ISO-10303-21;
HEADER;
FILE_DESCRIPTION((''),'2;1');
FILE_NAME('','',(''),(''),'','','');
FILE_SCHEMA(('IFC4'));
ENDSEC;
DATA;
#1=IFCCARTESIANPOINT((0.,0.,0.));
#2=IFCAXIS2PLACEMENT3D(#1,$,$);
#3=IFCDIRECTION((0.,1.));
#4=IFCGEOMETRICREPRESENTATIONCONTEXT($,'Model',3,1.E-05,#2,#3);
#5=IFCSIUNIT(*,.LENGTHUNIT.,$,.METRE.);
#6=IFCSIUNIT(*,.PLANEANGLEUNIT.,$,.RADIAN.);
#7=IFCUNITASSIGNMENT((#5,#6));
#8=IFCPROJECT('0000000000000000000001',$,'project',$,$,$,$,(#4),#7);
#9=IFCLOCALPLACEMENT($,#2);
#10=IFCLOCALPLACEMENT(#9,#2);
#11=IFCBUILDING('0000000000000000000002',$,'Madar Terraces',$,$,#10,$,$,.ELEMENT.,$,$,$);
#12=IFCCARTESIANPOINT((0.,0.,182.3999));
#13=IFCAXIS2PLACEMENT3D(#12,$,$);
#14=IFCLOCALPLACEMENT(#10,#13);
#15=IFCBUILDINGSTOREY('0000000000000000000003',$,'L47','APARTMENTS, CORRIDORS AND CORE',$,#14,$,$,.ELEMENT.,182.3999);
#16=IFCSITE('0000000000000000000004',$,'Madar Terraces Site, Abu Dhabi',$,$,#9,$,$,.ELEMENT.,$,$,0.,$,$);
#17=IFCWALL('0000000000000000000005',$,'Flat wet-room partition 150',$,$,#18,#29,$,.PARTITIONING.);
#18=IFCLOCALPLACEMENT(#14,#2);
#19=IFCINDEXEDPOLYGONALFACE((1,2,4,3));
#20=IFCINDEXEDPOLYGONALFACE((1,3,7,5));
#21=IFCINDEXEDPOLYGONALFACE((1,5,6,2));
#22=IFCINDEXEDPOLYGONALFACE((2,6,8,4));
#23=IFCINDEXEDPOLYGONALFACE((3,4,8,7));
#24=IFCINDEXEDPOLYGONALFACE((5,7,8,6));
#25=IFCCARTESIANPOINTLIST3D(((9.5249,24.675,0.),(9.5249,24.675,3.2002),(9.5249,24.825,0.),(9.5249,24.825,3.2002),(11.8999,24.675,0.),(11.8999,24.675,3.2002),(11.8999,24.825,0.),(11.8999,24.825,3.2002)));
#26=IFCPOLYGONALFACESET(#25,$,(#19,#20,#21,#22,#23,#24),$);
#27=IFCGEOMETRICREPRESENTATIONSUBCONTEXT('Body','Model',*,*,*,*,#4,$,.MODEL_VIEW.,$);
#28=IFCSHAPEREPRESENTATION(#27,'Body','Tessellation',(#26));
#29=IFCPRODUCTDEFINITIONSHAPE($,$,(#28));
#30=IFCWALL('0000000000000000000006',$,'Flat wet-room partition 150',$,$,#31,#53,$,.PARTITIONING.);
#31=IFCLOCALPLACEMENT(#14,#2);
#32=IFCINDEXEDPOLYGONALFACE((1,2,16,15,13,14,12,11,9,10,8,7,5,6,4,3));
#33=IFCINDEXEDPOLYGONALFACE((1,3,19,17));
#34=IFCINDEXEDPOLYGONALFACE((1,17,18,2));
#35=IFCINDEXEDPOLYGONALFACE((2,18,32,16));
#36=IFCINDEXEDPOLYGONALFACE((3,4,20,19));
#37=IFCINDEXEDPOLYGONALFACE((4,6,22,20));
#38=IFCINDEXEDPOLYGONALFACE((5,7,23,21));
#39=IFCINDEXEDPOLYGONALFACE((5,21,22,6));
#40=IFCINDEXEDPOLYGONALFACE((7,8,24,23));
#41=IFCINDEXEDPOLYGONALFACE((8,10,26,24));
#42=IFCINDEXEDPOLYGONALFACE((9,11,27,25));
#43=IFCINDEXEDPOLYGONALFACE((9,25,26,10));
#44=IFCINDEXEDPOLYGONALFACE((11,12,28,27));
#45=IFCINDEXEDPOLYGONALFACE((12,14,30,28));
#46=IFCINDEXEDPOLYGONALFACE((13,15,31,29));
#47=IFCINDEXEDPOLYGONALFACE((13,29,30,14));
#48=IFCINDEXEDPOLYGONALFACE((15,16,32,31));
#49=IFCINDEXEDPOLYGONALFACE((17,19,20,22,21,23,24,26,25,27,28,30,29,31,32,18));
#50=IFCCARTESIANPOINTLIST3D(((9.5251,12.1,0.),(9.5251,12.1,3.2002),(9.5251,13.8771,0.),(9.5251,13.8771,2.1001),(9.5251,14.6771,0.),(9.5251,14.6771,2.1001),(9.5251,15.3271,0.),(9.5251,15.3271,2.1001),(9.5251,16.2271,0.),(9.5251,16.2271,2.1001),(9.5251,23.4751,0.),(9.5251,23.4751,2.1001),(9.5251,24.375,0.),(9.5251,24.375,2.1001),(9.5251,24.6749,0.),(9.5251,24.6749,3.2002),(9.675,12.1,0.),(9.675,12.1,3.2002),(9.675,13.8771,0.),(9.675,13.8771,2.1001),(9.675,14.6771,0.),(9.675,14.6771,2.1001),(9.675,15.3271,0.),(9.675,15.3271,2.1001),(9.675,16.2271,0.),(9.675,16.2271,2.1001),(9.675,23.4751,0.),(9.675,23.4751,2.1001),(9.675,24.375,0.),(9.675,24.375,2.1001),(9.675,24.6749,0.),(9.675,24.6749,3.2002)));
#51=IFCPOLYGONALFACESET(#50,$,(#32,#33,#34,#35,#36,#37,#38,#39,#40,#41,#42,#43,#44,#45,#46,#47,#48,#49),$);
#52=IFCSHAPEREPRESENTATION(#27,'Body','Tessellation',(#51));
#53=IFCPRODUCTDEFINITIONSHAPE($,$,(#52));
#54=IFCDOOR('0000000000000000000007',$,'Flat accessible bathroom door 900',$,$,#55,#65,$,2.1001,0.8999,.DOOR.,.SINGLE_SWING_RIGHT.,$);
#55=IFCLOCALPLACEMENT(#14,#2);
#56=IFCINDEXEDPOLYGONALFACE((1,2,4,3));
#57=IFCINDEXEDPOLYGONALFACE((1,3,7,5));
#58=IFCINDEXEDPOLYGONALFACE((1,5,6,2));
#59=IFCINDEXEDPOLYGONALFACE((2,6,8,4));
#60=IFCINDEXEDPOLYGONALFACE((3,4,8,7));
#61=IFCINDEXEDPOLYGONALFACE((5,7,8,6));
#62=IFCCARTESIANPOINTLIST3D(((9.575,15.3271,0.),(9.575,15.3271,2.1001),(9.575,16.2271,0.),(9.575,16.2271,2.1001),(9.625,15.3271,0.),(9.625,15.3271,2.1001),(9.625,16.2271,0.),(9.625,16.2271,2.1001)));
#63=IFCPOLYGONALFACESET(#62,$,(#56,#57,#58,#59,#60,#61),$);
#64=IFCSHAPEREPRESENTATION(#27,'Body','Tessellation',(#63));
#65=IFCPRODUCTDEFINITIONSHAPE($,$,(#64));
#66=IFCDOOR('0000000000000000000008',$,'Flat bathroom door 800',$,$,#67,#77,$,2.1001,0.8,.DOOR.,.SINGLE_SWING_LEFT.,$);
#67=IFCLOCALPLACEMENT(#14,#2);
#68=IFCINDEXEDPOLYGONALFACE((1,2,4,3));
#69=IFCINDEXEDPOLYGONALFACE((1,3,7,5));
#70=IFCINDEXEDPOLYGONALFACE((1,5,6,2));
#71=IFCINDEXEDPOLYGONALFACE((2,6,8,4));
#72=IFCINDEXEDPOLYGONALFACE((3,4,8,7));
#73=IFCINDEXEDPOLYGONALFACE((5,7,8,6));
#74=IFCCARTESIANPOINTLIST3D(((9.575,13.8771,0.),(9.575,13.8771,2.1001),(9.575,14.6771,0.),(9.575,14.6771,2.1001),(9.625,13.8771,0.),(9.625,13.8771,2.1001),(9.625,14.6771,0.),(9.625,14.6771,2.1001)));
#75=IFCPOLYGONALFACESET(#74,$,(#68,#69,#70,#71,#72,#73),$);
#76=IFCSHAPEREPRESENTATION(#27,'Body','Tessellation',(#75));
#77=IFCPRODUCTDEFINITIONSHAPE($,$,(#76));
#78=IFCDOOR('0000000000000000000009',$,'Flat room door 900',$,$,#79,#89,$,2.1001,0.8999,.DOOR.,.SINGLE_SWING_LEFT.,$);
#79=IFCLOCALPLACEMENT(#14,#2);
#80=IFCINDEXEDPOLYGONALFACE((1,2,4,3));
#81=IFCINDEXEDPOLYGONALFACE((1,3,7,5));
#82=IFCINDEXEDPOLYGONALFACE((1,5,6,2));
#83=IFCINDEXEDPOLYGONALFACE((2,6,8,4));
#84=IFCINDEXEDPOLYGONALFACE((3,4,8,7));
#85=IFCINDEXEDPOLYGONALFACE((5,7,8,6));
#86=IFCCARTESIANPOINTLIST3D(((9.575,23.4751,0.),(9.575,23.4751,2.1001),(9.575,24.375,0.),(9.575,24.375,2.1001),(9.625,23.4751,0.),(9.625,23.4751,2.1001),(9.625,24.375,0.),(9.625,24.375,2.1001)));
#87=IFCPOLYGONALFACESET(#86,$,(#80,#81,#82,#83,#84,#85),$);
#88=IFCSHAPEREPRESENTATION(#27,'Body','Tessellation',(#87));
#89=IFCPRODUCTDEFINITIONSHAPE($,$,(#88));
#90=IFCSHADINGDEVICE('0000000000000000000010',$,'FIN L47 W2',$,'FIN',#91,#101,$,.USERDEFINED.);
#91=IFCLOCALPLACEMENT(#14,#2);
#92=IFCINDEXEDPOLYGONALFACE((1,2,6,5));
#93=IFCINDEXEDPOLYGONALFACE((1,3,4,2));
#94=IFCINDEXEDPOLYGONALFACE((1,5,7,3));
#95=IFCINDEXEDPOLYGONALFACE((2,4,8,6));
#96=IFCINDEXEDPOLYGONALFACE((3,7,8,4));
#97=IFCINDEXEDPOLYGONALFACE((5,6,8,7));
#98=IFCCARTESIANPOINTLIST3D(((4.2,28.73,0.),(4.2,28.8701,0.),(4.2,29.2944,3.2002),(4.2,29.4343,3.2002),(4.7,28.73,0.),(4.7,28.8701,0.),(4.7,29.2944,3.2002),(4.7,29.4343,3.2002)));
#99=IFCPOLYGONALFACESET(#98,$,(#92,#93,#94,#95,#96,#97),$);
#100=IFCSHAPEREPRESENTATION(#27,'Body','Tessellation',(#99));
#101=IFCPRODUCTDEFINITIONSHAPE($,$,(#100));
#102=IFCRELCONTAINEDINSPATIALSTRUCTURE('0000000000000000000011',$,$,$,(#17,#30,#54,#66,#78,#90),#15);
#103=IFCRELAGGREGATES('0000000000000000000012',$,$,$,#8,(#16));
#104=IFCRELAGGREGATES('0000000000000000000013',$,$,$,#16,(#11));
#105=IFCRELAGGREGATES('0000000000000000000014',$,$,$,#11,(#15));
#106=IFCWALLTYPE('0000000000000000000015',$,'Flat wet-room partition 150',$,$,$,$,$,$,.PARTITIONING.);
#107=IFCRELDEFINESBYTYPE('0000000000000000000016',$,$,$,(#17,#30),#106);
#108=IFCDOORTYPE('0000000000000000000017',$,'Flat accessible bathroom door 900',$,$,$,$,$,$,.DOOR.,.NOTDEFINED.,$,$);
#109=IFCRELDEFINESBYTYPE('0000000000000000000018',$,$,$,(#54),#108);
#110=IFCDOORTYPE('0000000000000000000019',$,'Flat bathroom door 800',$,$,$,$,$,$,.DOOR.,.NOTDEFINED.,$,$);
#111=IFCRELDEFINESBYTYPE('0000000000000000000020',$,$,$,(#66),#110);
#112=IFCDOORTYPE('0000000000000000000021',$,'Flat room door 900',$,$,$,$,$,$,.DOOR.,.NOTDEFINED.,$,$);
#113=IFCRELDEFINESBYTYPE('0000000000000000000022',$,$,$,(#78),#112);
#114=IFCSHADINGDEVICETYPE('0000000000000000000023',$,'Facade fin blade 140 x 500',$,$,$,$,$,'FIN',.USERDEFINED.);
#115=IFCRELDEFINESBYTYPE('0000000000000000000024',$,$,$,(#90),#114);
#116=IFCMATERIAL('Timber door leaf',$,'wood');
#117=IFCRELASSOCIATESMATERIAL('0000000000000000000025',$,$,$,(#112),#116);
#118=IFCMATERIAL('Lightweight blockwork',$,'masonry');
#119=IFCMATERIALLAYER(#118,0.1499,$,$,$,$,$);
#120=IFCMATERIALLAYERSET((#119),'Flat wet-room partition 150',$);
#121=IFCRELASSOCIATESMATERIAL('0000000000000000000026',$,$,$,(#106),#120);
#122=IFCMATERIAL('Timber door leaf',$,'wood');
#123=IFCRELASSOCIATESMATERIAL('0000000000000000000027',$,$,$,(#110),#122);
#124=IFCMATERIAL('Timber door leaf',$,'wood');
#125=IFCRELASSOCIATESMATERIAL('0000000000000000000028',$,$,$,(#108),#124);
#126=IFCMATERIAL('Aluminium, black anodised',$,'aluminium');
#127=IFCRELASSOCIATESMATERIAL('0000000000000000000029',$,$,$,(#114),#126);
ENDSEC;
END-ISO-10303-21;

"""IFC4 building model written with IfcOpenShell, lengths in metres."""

from ifc_helpers import new_model, si_unit, direction, frame, frame_2d, origin, place, context, subcontext, project, spatial, polyline, rectangle, outline, extrude, material, layer, layer_set, type_object, element, fill, save


model = new_model("IFC4")

# Units and contexts
model_context = context("Model", 3, precision=1e-05, world=origin(), true_north=direction((0.0, 1.0)))
body_context = subcontext(model_context, "Body", "Model", "MODEL_VIEW")
ifc_project = project(units=[si_unit("LENGTHUNIT", "METRE"), si_unit("PLANEANGLEUNIT", "RADIAN")], contexts=[model_context])

# Site, building, storey
site_placement = place(None, origin())
site = spatial("IfcSite", under=ifc_project, at=site_placement, Name="Madar Terraces Site, Abu Dhabi", CompositionType="ELEMENT", RefElevation=0.0)
building_placement = place(site_placement, origin())
building = spatial("IfcBuilding", under=site, at=building_placement, Name="Madar Terraces", CompositionType="ELEMENT")
storey_placement = place(building_placement, frame((0.0, 0.0, 182.3999)))
storey = spatial("IfcBuildingStorey", under=building, at=storey_placement, Name="L47", Description="APARTMENTS, CORRIDORS AND CORE", CompositionType="ELEMENT", Elevation=182.3999)

# Shared definitions
ifc_material_1 = material(Name="Timber door leaf", Category="wood")
door_type_1 = type_object("IfcDoorType", Name="Flat room door 900", OperationType="NOTDEFINED", PredefinedType="DOOR", material=ifc_material_1)

# Shared definitions
ifc_material_2 = material(Name="Lightweight blockwork", Category="masonry")
ifc_layer_1 = layer(ifc_material_2, 0.1499)
ifc_layer_set_1 = layer_set([ifc_layer_1], Name="Flat wet-room partition 150")
wall_type_1 = type_object("IfcWallType", Name="Flat wet-room partition 150", PredefinedType="PARTITIONING", material=ifc_layer_set_1)

# Shared definitions
ifc_material_3 = material(Name="Timber door leaf", Category="wood")
door_type_2 = type_object("IfcDoorType", Name="Flat bathroom door 800", OperationType="NOTDEFINED", PredefinedType="DOOR", material=ifc_material_3)

# Wall
wall_1_placement = place(storey_placement, frame((11.8999, 24.75, 0.0), z_axis=(0.0, 0.0, 1.0), x_axis=(-1.0, 0.0, 0.0)))
element("IfcWall", 1, at=wall_1_placement, inside=storey, type_object=wall_type_1, Name="Flat wet-room partition 150", PredefinedType="PARTITIONING", context=body_context, shape_type="SweptSolid", body=[
    extrude(rectangle(XDim=2.375, YDim=0.1499, at=frame_2d((1.1875, 0.0))), origin(), (0.0, 0.0, 1.0), 3.2002),
])

# Wall, openings, doors
wall_2_placement = place(storey_placement, frame((9.6001, 24.675, 0.0), z_axis=(0.0, 0.0, 1.0), x_axis=(0.0, -1.0, 0.0)))
wall_2 = element("IfcWall", 2, at=wall_2_placement, inside=storey, type_object=wall_type_1, Name="Flat wet-room partition 150", PredefinedType="PARTITIONING", context=body_context, shape_type="SweptSolid", body=[
    extrude(rectangle(XDim=12.575, YDim=0.1499, at=frame_2d((6.2876, 0.0))), origin(), (0.0, 0.0, 1.0), 3.2002),
])
opening_1_placement = place(wall_2_placement, frame((0.3, 0.0, 0.0)))
opening_1 = element("IfcOpeningElement", 3, at=opening_1_placement, cuts=wall_2, PredefinedType="OPENING", context=body_context, shape_type="SweptSolid", body=[
    extrude(rectangle(XDim=0.8999, YDim=2.1001, at=frame_2d((0.45, 1.05))), frame((0.0, 0.085, 0.0), z_axis=(0.0, -1.0, 0.0), x_axis=(1.0, 0.0, 0.0)), (0.0, 0.0, 1.0), 0.1699),
])
opening_2_placement = place(wall_2_placement, frame((8.448, 0.0, 0.0)))
opening_2 = element("IfcOpeningElement", 4, at=opening_2_placement, cuts=wall_2, PredefinedType="OPENING", context=body_context, shape_type="SweptSolid", body=[
    extrude(rectangle(XDim=0.8999, YDim=2.1001, at=frame_2d((0.45, 1.05))), frame((0.0, 0.085, 0.0), z_axis=(0.0, -1.0, 0.0), x_axis=(1.0, 0.0, 0.0)), (0.0, 0.0, 1.0), 0.1699),
])
opening_3_placement = place(wall_2_placement, frame((9.998, 0.0, 0.0)))
opening_3 = element("IfcOpeningElement", 5, at=opening_3_placement, cuts=wall_2, PredefinedType="OPENING", context=body_context, shape_type="SweptSolid", body=[
    extrude(rectangle(XDim=0.8, YDim=2.1001, at=frame_2d((0.3999, 1.05))), frame((0.0, 0.085, 0.0), z_axis=(0.0, -1.0, 0.0), x_axis=(1.0, 0.0, 0.0)), (0.0, 0.0, 1.0), 0.1699),
])
ifc_material_4 = material(Name="Timber door leaf", Category="wood")
door_type_3 = type_object("IfcDoorType", Name="Flat accessible bathroom door 900", OperationType="NOTDEFINED", PredefinedType="DOOR", material=ifc_material_4)
door_1_placement = place(opening_2_placement, origin())
door_1 = element("IfcDoor", 6, at=door_1_placement, inside=storey, type_object=door_type_3, Name="Flat accessible bathroom door 900", OperationType="SINGLE_SWING_RIGHT", OverallHeight=2.1001, OverallWidth=0.8999, PredefinedType="DOOR", context=body_context, shape_type="SweptSolid", body=[
    extrude(rectangle(XDim=0.8999, YDim=2.1001, at=frame_2d((0.45, 1.05))), frame((0.0, 0.0249, 0.0), z_axis=(0.0, -1.0, 0.0), x_axis=(1.0, 0.0, 0.0)), (0.0, 0.0, 1.0), 0.05),
])
fill(opening_2, door_1)
door_2_placement = place(opening_3_placement, origin())
door_2 = element("IfcDoor", 7, at=door_2_placement, inside=storey, type_object=door_type_2, Name="Flat bathroom door 800", OperationType="SINGLE_SWING_LEFT", OverallHeight=2.1001, OverallWidth=0.8, PredefinedType="DOOR", context=body_context, shape_type="SweptSolid", body=[
    extrude(rectangle(XDim=0.8, YDim=2.1001, at=frame_2d((0.3999, 1.05))), frame((0.0, 0.0249, 0.0), z_axis=(0.0, -1.0, 0.0), x_axis=(1.0, 0.0, 0.0)), (0.0, 0.0, 1.0), 0.05),
])
fill(opening_3, door_2)
door_3_placement = place(opening_1_placement, origin())
door_3 = element("IfcDoor", 8, at=door_3_placement, inside=storey, type_object=door_type_1, Name="Flat room door 900", OperationType="SINGLE_SWING_LEFT", OverallHeight=2.1001, OverallWidth=0.8999, PredefinedType="DOOR", context=body_context, shape_type="SweptSolid", body=[
    extrude(rectangle(XDim=0.8999, YDim=2.1001, at=frame_2d((0.45, 1.05))), frame((0.0, 0.0249, 0.0), z_axis=(0.0, -1.0, 0.0), x_axis=(1.0, 0.0, 0.0)), (0.0, 0.0, 1.0), 0.05),
])
fill(opening_1, door_3)

# Shading device
ifc_material_5 = material(Name="Aluminium, black anodised", Category="aluminium")
shading_device_type = type_object("IfcShadingDeviceType", Name="Facade fin blade 140 x 500", ElementType="FIN", PredefinedType="USERDEFINED", material=ifc_material_5)
shading_device_placement = place(storey_placement, frame((4.45, 28.8701, 0.0), z_axis=(0.0, 0.0, 1.0), x_axis=(0.0, -1.0, 0.0)))
element("IfcShadingDevice", 9, at=shading_device_placement, inside=storey, type_object=shading_device_type, Name="FIN L47 W2", ObjectType="FIN", PredefinedType="USERDEFINED", context=body_context, shape_type="SweptSolid", body=[
    extrude(outline(polyline([(0.0, 0.0), (0.1401, 0.0), (-0.4243, 3.2002), (-0.5642, 3.2002), (0.0, 0.0)])), frame((0.0, 0.25, 0.0), z_axis=(0.0, -1.0, 0.0), x_axis=(1.0, 0.0, 0.0)), (0.0, 0.0, 1.0), 0.5),
])

save(model, "model.ifc")
